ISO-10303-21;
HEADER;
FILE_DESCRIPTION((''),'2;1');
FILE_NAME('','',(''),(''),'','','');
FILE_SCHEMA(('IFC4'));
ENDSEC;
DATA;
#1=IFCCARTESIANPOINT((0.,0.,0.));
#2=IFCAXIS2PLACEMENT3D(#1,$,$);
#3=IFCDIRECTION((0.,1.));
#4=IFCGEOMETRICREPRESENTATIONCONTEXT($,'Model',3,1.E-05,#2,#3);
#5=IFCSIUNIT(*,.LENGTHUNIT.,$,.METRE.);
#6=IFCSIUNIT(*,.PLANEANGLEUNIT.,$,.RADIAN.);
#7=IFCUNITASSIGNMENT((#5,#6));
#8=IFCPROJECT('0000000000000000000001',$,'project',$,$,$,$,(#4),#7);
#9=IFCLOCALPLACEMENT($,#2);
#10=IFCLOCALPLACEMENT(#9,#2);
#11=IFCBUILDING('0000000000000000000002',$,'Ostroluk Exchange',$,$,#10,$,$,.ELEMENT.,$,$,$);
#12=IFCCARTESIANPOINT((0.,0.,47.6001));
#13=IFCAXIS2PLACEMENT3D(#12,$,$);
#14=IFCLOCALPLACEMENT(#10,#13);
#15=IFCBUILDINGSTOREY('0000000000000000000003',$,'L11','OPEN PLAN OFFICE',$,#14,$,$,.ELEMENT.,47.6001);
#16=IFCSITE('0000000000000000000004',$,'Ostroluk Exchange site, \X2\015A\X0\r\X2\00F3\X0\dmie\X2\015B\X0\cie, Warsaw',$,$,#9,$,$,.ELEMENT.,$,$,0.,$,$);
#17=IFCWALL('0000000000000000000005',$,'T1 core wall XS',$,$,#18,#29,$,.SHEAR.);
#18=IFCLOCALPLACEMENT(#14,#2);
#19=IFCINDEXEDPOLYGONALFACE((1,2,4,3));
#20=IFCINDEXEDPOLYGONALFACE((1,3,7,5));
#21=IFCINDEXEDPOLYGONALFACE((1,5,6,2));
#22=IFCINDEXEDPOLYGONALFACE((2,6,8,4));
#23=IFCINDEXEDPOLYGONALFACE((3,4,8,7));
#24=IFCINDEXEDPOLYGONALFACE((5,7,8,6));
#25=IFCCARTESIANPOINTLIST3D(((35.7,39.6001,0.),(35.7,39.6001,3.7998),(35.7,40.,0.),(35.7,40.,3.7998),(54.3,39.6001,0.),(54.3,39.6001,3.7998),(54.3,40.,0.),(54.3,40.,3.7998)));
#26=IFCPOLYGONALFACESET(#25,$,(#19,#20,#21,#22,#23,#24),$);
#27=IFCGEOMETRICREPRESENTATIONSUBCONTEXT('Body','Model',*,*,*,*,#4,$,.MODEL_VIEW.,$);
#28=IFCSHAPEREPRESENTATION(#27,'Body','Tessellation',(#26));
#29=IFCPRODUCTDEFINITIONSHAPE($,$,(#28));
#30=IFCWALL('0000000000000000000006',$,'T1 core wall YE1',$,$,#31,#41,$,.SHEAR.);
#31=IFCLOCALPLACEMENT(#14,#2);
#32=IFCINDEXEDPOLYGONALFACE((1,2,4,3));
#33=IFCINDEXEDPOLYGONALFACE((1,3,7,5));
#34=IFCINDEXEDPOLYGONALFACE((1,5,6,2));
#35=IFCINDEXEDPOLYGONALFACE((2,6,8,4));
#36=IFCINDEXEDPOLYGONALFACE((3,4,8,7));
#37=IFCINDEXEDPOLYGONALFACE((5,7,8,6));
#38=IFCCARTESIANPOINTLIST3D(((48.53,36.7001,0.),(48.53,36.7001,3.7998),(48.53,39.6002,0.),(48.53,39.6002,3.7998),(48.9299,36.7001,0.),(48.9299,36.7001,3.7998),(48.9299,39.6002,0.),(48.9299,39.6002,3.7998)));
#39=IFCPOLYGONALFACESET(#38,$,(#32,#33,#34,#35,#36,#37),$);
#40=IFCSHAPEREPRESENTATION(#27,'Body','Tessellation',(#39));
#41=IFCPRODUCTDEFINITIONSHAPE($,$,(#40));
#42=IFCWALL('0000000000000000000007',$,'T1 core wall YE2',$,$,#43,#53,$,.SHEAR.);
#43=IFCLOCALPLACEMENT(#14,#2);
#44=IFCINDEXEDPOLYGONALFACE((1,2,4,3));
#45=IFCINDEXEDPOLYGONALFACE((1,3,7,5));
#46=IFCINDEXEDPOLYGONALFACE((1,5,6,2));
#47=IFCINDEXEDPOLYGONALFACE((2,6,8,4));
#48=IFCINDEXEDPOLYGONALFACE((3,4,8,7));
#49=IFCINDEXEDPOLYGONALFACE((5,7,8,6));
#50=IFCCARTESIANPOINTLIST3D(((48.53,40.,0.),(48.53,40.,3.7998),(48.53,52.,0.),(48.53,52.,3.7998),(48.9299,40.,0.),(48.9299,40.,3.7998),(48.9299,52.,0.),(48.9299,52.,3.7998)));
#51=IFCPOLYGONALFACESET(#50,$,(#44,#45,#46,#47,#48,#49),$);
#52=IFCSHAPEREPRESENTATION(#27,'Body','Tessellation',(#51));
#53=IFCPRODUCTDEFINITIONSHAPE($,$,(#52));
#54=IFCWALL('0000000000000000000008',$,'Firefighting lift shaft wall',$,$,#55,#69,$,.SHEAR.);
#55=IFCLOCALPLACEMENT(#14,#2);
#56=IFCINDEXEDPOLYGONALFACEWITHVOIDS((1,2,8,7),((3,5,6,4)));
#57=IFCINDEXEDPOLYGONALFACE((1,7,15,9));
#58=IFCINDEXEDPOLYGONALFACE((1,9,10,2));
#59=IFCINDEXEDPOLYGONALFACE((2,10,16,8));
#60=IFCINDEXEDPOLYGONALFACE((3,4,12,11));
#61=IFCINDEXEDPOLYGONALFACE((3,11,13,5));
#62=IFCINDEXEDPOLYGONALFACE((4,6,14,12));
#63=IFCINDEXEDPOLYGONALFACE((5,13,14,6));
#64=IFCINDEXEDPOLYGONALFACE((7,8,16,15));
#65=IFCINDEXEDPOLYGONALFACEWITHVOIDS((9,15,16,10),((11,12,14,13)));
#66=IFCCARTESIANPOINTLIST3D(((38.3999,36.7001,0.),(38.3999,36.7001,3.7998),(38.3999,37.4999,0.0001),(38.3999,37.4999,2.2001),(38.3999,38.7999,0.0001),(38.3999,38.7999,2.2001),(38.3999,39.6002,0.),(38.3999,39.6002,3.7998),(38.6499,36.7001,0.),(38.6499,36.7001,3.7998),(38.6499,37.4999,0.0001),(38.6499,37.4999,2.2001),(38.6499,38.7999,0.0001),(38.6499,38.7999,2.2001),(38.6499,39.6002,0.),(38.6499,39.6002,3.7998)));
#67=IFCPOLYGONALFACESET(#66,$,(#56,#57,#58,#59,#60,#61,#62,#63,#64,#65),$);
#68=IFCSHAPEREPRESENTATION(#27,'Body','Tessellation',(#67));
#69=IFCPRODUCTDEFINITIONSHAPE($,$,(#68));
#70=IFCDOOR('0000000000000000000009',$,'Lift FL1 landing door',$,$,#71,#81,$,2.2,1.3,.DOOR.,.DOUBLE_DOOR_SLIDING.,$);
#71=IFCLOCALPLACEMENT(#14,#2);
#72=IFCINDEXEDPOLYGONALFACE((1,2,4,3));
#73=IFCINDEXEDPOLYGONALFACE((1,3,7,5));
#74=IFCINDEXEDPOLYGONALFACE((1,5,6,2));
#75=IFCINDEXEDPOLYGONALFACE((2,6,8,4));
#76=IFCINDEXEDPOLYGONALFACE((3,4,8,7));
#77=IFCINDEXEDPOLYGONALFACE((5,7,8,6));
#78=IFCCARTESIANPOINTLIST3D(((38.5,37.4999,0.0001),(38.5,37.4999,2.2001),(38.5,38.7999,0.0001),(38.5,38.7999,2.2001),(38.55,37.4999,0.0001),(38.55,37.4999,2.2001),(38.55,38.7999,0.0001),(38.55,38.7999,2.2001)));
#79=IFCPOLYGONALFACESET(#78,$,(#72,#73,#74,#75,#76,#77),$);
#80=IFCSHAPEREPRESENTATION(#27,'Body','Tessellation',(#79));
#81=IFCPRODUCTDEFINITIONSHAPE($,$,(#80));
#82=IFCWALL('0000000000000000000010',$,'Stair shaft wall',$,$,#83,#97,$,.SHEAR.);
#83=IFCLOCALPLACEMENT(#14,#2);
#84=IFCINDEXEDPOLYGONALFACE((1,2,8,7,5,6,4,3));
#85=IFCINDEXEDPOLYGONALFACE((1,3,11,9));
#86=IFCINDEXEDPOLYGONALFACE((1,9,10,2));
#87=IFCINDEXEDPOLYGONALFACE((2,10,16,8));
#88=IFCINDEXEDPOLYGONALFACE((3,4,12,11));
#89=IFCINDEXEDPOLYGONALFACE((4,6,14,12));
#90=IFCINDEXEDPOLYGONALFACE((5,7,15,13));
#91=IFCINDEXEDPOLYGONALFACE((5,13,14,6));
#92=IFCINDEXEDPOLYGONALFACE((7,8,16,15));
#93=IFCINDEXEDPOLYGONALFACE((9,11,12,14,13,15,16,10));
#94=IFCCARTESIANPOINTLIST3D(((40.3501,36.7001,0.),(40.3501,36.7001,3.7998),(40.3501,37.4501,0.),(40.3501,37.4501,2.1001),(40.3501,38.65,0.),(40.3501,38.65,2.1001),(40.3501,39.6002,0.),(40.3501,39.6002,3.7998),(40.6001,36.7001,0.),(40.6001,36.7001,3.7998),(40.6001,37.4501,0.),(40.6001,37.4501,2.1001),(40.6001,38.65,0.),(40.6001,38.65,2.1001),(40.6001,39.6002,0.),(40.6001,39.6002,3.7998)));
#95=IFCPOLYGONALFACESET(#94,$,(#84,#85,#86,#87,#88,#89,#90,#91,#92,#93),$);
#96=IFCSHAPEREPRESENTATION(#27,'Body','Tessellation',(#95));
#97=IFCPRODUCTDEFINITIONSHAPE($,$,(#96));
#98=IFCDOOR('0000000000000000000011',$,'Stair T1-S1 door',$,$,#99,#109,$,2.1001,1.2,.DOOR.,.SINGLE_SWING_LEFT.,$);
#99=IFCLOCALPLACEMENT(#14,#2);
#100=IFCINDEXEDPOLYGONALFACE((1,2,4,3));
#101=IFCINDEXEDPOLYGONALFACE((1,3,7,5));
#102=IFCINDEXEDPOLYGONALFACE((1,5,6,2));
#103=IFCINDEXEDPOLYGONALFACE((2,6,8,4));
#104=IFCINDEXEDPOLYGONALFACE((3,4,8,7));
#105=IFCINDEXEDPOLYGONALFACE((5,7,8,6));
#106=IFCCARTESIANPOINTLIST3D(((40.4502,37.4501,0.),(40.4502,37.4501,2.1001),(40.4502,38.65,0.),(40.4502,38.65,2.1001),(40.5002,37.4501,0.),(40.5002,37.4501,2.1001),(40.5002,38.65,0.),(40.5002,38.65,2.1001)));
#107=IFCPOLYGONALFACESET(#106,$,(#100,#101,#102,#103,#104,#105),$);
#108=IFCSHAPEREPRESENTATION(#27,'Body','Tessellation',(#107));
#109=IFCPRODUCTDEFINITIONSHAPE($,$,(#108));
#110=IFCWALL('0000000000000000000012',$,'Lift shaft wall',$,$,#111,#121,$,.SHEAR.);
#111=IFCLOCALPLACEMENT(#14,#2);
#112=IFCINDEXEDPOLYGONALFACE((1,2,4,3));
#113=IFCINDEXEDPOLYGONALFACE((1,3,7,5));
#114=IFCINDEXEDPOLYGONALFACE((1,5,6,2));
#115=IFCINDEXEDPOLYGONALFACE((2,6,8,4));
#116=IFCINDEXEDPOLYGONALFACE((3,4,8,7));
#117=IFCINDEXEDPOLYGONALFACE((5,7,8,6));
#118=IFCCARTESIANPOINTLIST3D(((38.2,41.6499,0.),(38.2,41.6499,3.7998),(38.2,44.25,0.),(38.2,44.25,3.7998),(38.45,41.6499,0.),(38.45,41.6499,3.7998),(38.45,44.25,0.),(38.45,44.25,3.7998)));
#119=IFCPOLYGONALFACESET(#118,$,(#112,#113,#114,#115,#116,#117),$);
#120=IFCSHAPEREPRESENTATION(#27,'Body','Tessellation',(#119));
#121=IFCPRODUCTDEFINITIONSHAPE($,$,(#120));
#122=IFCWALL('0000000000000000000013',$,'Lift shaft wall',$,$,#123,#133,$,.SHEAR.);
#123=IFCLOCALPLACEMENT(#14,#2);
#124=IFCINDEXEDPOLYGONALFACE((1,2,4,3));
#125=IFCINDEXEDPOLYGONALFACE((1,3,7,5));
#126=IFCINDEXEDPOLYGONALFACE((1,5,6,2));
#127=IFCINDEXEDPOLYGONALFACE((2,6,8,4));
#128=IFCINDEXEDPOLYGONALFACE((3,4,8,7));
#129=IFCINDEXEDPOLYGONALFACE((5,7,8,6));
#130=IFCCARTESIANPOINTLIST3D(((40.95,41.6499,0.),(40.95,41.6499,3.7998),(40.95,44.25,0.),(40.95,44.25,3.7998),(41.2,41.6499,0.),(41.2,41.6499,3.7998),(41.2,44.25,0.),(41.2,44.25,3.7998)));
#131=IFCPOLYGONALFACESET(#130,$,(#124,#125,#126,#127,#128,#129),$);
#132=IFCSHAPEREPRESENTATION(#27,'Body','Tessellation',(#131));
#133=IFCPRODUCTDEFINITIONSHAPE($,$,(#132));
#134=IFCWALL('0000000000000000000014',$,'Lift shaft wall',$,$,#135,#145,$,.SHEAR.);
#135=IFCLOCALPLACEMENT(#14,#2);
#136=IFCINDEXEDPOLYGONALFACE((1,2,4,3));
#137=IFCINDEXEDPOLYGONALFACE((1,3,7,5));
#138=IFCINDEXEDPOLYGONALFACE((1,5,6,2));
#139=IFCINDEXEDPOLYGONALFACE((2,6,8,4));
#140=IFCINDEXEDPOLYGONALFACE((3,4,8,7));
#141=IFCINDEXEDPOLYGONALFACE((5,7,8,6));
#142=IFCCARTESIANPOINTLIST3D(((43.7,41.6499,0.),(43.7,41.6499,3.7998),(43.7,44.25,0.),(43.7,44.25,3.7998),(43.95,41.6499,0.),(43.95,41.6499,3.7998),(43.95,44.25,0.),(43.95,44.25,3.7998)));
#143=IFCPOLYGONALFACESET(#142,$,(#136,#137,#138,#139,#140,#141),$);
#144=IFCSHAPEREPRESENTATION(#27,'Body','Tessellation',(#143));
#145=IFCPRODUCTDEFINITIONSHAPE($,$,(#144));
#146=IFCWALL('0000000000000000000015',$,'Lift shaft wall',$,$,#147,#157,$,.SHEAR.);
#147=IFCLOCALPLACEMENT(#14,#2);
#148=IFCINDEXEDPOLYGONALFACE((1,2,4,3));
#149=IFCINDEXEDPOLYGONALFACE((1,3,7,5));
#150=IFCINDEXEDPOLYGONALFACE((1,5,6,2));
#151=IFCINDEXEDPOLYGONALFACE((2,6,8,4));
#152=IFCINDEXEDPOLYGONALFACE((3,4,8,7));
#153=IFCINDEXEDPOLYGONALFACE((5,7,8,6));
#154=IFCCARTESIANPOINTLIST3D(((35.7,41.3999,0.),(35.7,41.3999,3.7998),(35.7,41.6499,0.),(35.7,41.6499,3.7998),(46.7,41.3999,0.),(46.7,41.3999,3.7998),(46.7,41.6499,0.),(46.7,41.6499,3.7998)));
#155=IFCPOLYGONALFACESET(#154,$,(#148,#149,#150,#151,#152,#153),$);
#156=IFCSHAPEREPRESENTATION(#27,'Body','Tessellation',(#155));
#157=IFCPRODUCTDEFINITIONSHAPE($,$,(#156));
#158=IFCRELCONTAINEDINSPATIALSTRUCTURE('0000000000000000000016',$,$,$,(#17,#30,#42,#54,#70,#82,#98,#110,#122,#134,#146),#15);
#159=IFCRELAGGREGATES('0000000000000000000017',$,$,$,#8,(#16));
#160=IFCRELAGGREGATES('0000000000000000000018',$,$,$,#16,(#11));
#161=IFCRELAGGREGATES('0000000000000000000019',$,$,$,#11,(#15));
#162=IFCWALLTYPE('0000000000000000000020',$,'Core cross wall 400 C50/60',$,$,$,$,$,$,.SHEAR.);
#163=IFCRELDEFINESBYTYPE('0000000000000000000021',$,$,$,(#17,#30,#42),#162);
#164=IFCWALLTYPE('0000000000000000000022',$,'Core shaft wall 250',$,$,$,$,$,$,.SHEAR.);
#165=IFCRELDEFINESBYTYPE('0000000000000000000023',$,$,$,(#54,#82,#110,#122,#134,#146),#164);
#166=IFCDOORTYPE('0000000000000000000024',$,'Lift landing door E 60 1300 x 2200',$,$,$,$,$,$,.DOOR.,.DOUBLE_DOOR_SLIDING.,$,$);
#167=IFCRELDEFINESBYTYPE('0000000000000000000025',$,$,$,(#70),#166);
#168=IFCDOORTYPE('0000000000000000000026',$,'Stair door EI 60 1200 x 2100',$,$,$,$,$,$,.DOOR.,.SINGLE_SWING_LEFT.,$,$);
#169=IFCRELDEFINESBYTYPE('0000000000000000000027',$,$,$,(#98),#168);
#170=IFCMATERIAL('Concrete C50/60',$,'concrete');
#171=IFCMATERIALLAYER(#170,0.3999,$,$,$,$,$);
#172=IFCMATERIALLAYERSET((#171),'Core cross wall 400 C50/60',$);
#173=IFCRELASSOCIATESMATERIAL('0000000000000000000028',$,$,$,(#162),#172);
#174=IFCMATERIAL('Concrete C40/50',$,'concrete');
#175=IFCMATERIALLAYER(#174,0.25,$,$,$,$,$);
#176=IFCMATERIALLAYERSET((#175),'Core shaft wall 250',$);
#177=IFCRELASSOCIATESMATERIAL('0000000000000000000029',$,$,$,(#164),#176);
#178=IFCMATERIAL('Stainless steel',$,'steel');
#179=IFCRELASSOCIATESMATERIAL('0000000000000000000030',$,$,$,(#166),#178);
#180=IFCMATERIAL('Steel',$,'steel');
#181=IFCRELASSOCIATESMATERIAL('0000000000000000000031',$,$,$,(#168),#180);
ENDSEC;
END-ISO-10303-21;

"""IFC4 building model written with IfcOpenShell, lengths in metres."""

from ifc_helpers import new_model, si_unit, direction, frame, frame_2d, origin, place, context, subcontext, project, spatial, rectangle, extrude, material, layer, layer_set, type_object, element, fill, save


model = new_model("IFC4")

# Units and contexts
model_context = context("Model", 3, precision=1e-05, world=origin(), true_north=direction((0.0, 1.0)))
body_context = subcontext(model_context, "Body", "Model", "MODEL_VIEW")
ifc_project = project(units=[si_unit("LENGTHUNIT", "METRE"), si_unit("PLANEANGLEUNIT", "RADIAN")], contexts=[model_context])

# Site, building, storey
site_placement = place(None, origin())
site = spatial("IfcSite", under=ifc_project, at=site_placement, Name="Ostroluk Exchange site, Śródmieście, Warsaw", CompositionType="ELEMENT", RefElevation=0.0)
building_placement = place(site_placement, origin())
building = spatial("IfcBuilding", under=site, at=building_placement, Name="Ostroluk Exchange", CompositionType="ELEMENT")
storey_placement = place(building_placement, frame((0.0, 0.0, 47.6001)))
storey = spatial("IfcBuildingStorey", under=building, at=storey_placement, Name="L11", Description="OPEN PLAN OFFICE", CompositionType="ELEMENT", Elevation=47.6001)

# Walls
ifc_material_1 = material(Name="Concrete C50/60", Category="concrete")
ifc_layer_1 = layer(ifc_material_1, 0.3999)
ifc_layer_set_1 = layer_set([ifc_layer_1], Name="Core cross wall 400 C50/60")
wall_type_1 = type_object("IfcWallType", Name="Core cross wall 400 C50/60", PredefinedType="SHEAR", material=ifc_layer_set_1)
wall_1_placement = place(storey_placement, frame((35.7, 39.8, 0.0), z_axis=(0.0, 0.0, 1.0), x_axis=(1.0, 0.0, 0.0)))
element("IfcWall", 1, at=wall_1_placement, inside=storey, type_object=wall_type_1, Name="T1 core wall XS", PredefinedType="SHEAR", context=body_context, shape_type="SweptSolid", body=[
    extrude(rectangle(XDim=18.6001, YDim=0.3999, at=frame_2d((9.3, 0.0))), origin(), (0.0, 0.0, 1.0), 3.7998),
])
wall_2_placement = place(storey_placement, frame((48.73, 36.7, 0.0), z_axis=(0.0, 0.0, 1.0), x_axis=(0.0, 1.0, 0.0)))
element("IfcWall", 2, at=wall_2_placement, inside=storey, type_object=wall_type_1, Name="T1 core wall YE1", PredefinedType="SHEAR", context=body_context, shape_type="SweptSolid", body=[
    extrude(rectangle(XDim=2.9001, YDim=0.3999, at=frame_2d((1.4502, 0.0))), origin(), (0.0, 0.0, 1.0), 3.7998),
])
wall_3_placement = place(storey_placement, frame((48.73, 40.0, 0.0), z_axis=(0.0, 0.0, 1.0), x_axis=(0.0, 1.0, 0.0)))
element("IfcWall", 3, at=wall_3_placement, inside=storey, type_object=wall_type_1, Name="T1 core wall YE2", PredefinedType="SHEAR", context=body_context, shape_type="SweptSolid", body=[
    extrude(rectangle(XDim=12.0, YDim=0.3999, at=frame_2d((6.0, 0.0))), origin(), (0.0, 0.0, 1.0), 3.7998),
])

# Walls, openings, doors
ifc_material_2 = material(Name="Concrete C40/50", Category="concrete")
ifc_layer_2 = layer(ifc_material_2, 0.25)
ifc_layer_set_2 = layer_set([ifc_layer_2], Name="Core shaft wall 250")
wall_type_2 = type_object("IfcWallType", Name="Core shaft wall 250", PredefinedType="SHEAR", material=ifc_layer_set_2)
wall_4_placement = place(storey_placement, frame((38.5249, 36.7, 0.0), z_axis=(0.0, 0.0, 1.0), x_axis=(0.0, 1.0, 0.0)))
wall_4 = element("IfcWall", 4, at=wall_4_placement, inside=storey, type_object=wall_type_2, Name="Firefighting lift shaft wall", PredefinedType="SHEAR", context=body_context, shape_type="SweptSolid", body=[
    extrude(rectangle(XDim=2.9001, YDim=0.25, at=frame_2d((1.4502, 0.0))), origin(), (0.0, 0.0, 1.0), 3.7998),
])
opening_1_placement = place(wall_4_placement, frame((0.8, 0.0, 0.0)))
opening_1 = element("IfcOpeningElement", 5, at=opening_1_placement, cuts=wall_4, PredefinedType="OPENING", context=body_context, shape_type="SweptSolid", body=[
    extrude(rectangle(XDim=1.3, YDim=2.2, at=frame_2d((0.6499, 1.1001))), frame((0.0, 0.135, 0.0), z_axis=(0.0, -1.0, 0.0), x_axis=(1.0, 0.0, 0.0)), (0.0, 0.0, 1.0), 0.27),
])
ifc_material_3 = material(Name="Stainless steel", Category="steel")
door_type_1 = type_object("IfcDoorType", Name="Lift landing door E 60 1300 x 2200", OperationType="DOUBLE_DOOR_SLIDING", PredefinedType="DOOR", material=ifc_material_3)
door_1_placement = place(opening_1_placement, origin())
door_1 = element("IfcDoor", 6, at=door_1_placement, inside=storey, type_object=door_type_1, Name="Lift FL1 landing door", OperationType="DOUBLE_DOOR_SLIDING", OverallHeight=2.2, OverallWidth=1.3, PredefinedType="DOOR", context=body_context, shape_type="SweptSolid", body=[
    extrude(rectangle(XDim=1.3, YDim=2.2, at=frame_2d((0.6499, 1.1001))), frame((0.0, 0.0249, 0.0), z_axis=(0.0, -1.0, 0.0), x_axis=(1.0, 0.0, 0.0)), (0.0, 0.0, 1.0), 0.05),
])
fill(opening_1, door_1)
wall_5_placement = place(storey_placement, frame((40.4751, 36.7, 0.0), z_axis=(0.0, 0.0, 1.0), x_axis=(0.0, 1.0, 0.0)))
wall_5 = element("IfcWall", 7, at=wall_5_placement, inside=storey, type_object=wall_type_2, Name="Stair shaft wall", PredefinedType="SHEAR", context=body_context, shape_type="SweptSolid", body=[
    extrude(rectangle(XDim=2.9001, YDim=0.25, at=frame_2d((1.4502, 0.0))), origin(), (0.0, 0.0, 1.0), 3.7998),
])
opening_2_placement = place(wall_5_placement, frame((0.75, 0.0, 0.0)))
opening_2 = element("IfcOpeningElement", 8, at=opening_2_placement, cuts=wall_5, PredefinedType="OPENING", context=body_context, shape_type="SweptSolid", body=[
    extrude(rectangle(XDim=1.2, YDim=2.1001, at=frame_2d((0.6001, 1.05))), frame((0.0, 0.135, 0.0), z_axis=(0.0, -1.0, 0.0), x_axis=(1.0, 0.0, 0.0)), (0.0, 0.0, 1.0), 0.27),
])
ifc_material_4 = material(Name="Steel", Category="steel")
door_type_2 = type_object("IfcDoorType", Name="Stair door EI 60 1200 x 2100", OperationType="SINGLE_SWING_LEFT", PredefinedType="DOOR", material=ifc_material_4)
door_2_placement = place(opening_2_placement, origin())
door_2 = element("IfcDoor", 9, at=door_2_placement, inside=storey, type_object=door_type_2, Name="Stair T1-S1 door", OperationType="SINGLE_SWING_LEFT", OverallHeight=2.1001, OverallWidth=1.2, PredefinedType="DOOR", context=body_context, shape_type="SweptSolid", body=[
    extrude(rectangle(XDim=1.2, YDim=2.1001, at=frame_2d((0.6001, 1.05))), frame((0.0, 0.0249, 0.0), z_axis=(0.0, -1.0, 0.0), x_axis=(1.0, 0.0, 0.0)), (0.0, 0.0, 1.0), 0.05),
])
fill(opening_2, door_2)

# Walls
for number, where, z_axis, x_axis, name in (
    (10, (38.325, 44.25, 0.0), (0.0, 0.0, 1.0), (0.0, -1.0, 0.0), "Lift shaft wall"),
    (11, (41.075, 44.25, 0.0), (0.0, 0.0, 1.0), (0.0, -1.0, 0.0), "Lift shaft wall"),
    (12, (43.825, 44.25, 0.0), (0.0, 0.0, 1.0), (0.0, -1.0, 0.0), "Lift shaft wall"),
):
    element("IfcWall", number, at=place(storey_placement, frame(where, z_axis=z_axis, x_axis=x_axis)), inside=storey, type_object=wall_type_2, Name=name, PredefinedType="SHEAR", context=body_context, shape_type="SweptSolid", body=[
        extrude(rectangle(XDim=2.6001, YDim=0.25, at=frame_2d((1.3, 0.0))), origin(), (0.0, 0.0, 1.0), 3.7998),
    ])
wall_6_placement = place(storey_placement, frame((35.7, 41.5249, 0.0), z_axis=(0.0, 0.0, 1.0), x_axis=(1.0, 0.0, 0.0)))
element("IfcWall", 13, at=wall_6_placement, inside=storey, type_object=wall_type_2, Name="Lift shaft wall", PredefinedType="SHEAR", context=body_context, shape_type="SweptSolid", body=[
    extrude(rectangle(XDim=11.0, YDim=0.25, at=frame_2d((5.5, 0.0))), origin(), (0.0, 0.0, 1.0), 3.7998),
])

save(model, "model.ifc")
